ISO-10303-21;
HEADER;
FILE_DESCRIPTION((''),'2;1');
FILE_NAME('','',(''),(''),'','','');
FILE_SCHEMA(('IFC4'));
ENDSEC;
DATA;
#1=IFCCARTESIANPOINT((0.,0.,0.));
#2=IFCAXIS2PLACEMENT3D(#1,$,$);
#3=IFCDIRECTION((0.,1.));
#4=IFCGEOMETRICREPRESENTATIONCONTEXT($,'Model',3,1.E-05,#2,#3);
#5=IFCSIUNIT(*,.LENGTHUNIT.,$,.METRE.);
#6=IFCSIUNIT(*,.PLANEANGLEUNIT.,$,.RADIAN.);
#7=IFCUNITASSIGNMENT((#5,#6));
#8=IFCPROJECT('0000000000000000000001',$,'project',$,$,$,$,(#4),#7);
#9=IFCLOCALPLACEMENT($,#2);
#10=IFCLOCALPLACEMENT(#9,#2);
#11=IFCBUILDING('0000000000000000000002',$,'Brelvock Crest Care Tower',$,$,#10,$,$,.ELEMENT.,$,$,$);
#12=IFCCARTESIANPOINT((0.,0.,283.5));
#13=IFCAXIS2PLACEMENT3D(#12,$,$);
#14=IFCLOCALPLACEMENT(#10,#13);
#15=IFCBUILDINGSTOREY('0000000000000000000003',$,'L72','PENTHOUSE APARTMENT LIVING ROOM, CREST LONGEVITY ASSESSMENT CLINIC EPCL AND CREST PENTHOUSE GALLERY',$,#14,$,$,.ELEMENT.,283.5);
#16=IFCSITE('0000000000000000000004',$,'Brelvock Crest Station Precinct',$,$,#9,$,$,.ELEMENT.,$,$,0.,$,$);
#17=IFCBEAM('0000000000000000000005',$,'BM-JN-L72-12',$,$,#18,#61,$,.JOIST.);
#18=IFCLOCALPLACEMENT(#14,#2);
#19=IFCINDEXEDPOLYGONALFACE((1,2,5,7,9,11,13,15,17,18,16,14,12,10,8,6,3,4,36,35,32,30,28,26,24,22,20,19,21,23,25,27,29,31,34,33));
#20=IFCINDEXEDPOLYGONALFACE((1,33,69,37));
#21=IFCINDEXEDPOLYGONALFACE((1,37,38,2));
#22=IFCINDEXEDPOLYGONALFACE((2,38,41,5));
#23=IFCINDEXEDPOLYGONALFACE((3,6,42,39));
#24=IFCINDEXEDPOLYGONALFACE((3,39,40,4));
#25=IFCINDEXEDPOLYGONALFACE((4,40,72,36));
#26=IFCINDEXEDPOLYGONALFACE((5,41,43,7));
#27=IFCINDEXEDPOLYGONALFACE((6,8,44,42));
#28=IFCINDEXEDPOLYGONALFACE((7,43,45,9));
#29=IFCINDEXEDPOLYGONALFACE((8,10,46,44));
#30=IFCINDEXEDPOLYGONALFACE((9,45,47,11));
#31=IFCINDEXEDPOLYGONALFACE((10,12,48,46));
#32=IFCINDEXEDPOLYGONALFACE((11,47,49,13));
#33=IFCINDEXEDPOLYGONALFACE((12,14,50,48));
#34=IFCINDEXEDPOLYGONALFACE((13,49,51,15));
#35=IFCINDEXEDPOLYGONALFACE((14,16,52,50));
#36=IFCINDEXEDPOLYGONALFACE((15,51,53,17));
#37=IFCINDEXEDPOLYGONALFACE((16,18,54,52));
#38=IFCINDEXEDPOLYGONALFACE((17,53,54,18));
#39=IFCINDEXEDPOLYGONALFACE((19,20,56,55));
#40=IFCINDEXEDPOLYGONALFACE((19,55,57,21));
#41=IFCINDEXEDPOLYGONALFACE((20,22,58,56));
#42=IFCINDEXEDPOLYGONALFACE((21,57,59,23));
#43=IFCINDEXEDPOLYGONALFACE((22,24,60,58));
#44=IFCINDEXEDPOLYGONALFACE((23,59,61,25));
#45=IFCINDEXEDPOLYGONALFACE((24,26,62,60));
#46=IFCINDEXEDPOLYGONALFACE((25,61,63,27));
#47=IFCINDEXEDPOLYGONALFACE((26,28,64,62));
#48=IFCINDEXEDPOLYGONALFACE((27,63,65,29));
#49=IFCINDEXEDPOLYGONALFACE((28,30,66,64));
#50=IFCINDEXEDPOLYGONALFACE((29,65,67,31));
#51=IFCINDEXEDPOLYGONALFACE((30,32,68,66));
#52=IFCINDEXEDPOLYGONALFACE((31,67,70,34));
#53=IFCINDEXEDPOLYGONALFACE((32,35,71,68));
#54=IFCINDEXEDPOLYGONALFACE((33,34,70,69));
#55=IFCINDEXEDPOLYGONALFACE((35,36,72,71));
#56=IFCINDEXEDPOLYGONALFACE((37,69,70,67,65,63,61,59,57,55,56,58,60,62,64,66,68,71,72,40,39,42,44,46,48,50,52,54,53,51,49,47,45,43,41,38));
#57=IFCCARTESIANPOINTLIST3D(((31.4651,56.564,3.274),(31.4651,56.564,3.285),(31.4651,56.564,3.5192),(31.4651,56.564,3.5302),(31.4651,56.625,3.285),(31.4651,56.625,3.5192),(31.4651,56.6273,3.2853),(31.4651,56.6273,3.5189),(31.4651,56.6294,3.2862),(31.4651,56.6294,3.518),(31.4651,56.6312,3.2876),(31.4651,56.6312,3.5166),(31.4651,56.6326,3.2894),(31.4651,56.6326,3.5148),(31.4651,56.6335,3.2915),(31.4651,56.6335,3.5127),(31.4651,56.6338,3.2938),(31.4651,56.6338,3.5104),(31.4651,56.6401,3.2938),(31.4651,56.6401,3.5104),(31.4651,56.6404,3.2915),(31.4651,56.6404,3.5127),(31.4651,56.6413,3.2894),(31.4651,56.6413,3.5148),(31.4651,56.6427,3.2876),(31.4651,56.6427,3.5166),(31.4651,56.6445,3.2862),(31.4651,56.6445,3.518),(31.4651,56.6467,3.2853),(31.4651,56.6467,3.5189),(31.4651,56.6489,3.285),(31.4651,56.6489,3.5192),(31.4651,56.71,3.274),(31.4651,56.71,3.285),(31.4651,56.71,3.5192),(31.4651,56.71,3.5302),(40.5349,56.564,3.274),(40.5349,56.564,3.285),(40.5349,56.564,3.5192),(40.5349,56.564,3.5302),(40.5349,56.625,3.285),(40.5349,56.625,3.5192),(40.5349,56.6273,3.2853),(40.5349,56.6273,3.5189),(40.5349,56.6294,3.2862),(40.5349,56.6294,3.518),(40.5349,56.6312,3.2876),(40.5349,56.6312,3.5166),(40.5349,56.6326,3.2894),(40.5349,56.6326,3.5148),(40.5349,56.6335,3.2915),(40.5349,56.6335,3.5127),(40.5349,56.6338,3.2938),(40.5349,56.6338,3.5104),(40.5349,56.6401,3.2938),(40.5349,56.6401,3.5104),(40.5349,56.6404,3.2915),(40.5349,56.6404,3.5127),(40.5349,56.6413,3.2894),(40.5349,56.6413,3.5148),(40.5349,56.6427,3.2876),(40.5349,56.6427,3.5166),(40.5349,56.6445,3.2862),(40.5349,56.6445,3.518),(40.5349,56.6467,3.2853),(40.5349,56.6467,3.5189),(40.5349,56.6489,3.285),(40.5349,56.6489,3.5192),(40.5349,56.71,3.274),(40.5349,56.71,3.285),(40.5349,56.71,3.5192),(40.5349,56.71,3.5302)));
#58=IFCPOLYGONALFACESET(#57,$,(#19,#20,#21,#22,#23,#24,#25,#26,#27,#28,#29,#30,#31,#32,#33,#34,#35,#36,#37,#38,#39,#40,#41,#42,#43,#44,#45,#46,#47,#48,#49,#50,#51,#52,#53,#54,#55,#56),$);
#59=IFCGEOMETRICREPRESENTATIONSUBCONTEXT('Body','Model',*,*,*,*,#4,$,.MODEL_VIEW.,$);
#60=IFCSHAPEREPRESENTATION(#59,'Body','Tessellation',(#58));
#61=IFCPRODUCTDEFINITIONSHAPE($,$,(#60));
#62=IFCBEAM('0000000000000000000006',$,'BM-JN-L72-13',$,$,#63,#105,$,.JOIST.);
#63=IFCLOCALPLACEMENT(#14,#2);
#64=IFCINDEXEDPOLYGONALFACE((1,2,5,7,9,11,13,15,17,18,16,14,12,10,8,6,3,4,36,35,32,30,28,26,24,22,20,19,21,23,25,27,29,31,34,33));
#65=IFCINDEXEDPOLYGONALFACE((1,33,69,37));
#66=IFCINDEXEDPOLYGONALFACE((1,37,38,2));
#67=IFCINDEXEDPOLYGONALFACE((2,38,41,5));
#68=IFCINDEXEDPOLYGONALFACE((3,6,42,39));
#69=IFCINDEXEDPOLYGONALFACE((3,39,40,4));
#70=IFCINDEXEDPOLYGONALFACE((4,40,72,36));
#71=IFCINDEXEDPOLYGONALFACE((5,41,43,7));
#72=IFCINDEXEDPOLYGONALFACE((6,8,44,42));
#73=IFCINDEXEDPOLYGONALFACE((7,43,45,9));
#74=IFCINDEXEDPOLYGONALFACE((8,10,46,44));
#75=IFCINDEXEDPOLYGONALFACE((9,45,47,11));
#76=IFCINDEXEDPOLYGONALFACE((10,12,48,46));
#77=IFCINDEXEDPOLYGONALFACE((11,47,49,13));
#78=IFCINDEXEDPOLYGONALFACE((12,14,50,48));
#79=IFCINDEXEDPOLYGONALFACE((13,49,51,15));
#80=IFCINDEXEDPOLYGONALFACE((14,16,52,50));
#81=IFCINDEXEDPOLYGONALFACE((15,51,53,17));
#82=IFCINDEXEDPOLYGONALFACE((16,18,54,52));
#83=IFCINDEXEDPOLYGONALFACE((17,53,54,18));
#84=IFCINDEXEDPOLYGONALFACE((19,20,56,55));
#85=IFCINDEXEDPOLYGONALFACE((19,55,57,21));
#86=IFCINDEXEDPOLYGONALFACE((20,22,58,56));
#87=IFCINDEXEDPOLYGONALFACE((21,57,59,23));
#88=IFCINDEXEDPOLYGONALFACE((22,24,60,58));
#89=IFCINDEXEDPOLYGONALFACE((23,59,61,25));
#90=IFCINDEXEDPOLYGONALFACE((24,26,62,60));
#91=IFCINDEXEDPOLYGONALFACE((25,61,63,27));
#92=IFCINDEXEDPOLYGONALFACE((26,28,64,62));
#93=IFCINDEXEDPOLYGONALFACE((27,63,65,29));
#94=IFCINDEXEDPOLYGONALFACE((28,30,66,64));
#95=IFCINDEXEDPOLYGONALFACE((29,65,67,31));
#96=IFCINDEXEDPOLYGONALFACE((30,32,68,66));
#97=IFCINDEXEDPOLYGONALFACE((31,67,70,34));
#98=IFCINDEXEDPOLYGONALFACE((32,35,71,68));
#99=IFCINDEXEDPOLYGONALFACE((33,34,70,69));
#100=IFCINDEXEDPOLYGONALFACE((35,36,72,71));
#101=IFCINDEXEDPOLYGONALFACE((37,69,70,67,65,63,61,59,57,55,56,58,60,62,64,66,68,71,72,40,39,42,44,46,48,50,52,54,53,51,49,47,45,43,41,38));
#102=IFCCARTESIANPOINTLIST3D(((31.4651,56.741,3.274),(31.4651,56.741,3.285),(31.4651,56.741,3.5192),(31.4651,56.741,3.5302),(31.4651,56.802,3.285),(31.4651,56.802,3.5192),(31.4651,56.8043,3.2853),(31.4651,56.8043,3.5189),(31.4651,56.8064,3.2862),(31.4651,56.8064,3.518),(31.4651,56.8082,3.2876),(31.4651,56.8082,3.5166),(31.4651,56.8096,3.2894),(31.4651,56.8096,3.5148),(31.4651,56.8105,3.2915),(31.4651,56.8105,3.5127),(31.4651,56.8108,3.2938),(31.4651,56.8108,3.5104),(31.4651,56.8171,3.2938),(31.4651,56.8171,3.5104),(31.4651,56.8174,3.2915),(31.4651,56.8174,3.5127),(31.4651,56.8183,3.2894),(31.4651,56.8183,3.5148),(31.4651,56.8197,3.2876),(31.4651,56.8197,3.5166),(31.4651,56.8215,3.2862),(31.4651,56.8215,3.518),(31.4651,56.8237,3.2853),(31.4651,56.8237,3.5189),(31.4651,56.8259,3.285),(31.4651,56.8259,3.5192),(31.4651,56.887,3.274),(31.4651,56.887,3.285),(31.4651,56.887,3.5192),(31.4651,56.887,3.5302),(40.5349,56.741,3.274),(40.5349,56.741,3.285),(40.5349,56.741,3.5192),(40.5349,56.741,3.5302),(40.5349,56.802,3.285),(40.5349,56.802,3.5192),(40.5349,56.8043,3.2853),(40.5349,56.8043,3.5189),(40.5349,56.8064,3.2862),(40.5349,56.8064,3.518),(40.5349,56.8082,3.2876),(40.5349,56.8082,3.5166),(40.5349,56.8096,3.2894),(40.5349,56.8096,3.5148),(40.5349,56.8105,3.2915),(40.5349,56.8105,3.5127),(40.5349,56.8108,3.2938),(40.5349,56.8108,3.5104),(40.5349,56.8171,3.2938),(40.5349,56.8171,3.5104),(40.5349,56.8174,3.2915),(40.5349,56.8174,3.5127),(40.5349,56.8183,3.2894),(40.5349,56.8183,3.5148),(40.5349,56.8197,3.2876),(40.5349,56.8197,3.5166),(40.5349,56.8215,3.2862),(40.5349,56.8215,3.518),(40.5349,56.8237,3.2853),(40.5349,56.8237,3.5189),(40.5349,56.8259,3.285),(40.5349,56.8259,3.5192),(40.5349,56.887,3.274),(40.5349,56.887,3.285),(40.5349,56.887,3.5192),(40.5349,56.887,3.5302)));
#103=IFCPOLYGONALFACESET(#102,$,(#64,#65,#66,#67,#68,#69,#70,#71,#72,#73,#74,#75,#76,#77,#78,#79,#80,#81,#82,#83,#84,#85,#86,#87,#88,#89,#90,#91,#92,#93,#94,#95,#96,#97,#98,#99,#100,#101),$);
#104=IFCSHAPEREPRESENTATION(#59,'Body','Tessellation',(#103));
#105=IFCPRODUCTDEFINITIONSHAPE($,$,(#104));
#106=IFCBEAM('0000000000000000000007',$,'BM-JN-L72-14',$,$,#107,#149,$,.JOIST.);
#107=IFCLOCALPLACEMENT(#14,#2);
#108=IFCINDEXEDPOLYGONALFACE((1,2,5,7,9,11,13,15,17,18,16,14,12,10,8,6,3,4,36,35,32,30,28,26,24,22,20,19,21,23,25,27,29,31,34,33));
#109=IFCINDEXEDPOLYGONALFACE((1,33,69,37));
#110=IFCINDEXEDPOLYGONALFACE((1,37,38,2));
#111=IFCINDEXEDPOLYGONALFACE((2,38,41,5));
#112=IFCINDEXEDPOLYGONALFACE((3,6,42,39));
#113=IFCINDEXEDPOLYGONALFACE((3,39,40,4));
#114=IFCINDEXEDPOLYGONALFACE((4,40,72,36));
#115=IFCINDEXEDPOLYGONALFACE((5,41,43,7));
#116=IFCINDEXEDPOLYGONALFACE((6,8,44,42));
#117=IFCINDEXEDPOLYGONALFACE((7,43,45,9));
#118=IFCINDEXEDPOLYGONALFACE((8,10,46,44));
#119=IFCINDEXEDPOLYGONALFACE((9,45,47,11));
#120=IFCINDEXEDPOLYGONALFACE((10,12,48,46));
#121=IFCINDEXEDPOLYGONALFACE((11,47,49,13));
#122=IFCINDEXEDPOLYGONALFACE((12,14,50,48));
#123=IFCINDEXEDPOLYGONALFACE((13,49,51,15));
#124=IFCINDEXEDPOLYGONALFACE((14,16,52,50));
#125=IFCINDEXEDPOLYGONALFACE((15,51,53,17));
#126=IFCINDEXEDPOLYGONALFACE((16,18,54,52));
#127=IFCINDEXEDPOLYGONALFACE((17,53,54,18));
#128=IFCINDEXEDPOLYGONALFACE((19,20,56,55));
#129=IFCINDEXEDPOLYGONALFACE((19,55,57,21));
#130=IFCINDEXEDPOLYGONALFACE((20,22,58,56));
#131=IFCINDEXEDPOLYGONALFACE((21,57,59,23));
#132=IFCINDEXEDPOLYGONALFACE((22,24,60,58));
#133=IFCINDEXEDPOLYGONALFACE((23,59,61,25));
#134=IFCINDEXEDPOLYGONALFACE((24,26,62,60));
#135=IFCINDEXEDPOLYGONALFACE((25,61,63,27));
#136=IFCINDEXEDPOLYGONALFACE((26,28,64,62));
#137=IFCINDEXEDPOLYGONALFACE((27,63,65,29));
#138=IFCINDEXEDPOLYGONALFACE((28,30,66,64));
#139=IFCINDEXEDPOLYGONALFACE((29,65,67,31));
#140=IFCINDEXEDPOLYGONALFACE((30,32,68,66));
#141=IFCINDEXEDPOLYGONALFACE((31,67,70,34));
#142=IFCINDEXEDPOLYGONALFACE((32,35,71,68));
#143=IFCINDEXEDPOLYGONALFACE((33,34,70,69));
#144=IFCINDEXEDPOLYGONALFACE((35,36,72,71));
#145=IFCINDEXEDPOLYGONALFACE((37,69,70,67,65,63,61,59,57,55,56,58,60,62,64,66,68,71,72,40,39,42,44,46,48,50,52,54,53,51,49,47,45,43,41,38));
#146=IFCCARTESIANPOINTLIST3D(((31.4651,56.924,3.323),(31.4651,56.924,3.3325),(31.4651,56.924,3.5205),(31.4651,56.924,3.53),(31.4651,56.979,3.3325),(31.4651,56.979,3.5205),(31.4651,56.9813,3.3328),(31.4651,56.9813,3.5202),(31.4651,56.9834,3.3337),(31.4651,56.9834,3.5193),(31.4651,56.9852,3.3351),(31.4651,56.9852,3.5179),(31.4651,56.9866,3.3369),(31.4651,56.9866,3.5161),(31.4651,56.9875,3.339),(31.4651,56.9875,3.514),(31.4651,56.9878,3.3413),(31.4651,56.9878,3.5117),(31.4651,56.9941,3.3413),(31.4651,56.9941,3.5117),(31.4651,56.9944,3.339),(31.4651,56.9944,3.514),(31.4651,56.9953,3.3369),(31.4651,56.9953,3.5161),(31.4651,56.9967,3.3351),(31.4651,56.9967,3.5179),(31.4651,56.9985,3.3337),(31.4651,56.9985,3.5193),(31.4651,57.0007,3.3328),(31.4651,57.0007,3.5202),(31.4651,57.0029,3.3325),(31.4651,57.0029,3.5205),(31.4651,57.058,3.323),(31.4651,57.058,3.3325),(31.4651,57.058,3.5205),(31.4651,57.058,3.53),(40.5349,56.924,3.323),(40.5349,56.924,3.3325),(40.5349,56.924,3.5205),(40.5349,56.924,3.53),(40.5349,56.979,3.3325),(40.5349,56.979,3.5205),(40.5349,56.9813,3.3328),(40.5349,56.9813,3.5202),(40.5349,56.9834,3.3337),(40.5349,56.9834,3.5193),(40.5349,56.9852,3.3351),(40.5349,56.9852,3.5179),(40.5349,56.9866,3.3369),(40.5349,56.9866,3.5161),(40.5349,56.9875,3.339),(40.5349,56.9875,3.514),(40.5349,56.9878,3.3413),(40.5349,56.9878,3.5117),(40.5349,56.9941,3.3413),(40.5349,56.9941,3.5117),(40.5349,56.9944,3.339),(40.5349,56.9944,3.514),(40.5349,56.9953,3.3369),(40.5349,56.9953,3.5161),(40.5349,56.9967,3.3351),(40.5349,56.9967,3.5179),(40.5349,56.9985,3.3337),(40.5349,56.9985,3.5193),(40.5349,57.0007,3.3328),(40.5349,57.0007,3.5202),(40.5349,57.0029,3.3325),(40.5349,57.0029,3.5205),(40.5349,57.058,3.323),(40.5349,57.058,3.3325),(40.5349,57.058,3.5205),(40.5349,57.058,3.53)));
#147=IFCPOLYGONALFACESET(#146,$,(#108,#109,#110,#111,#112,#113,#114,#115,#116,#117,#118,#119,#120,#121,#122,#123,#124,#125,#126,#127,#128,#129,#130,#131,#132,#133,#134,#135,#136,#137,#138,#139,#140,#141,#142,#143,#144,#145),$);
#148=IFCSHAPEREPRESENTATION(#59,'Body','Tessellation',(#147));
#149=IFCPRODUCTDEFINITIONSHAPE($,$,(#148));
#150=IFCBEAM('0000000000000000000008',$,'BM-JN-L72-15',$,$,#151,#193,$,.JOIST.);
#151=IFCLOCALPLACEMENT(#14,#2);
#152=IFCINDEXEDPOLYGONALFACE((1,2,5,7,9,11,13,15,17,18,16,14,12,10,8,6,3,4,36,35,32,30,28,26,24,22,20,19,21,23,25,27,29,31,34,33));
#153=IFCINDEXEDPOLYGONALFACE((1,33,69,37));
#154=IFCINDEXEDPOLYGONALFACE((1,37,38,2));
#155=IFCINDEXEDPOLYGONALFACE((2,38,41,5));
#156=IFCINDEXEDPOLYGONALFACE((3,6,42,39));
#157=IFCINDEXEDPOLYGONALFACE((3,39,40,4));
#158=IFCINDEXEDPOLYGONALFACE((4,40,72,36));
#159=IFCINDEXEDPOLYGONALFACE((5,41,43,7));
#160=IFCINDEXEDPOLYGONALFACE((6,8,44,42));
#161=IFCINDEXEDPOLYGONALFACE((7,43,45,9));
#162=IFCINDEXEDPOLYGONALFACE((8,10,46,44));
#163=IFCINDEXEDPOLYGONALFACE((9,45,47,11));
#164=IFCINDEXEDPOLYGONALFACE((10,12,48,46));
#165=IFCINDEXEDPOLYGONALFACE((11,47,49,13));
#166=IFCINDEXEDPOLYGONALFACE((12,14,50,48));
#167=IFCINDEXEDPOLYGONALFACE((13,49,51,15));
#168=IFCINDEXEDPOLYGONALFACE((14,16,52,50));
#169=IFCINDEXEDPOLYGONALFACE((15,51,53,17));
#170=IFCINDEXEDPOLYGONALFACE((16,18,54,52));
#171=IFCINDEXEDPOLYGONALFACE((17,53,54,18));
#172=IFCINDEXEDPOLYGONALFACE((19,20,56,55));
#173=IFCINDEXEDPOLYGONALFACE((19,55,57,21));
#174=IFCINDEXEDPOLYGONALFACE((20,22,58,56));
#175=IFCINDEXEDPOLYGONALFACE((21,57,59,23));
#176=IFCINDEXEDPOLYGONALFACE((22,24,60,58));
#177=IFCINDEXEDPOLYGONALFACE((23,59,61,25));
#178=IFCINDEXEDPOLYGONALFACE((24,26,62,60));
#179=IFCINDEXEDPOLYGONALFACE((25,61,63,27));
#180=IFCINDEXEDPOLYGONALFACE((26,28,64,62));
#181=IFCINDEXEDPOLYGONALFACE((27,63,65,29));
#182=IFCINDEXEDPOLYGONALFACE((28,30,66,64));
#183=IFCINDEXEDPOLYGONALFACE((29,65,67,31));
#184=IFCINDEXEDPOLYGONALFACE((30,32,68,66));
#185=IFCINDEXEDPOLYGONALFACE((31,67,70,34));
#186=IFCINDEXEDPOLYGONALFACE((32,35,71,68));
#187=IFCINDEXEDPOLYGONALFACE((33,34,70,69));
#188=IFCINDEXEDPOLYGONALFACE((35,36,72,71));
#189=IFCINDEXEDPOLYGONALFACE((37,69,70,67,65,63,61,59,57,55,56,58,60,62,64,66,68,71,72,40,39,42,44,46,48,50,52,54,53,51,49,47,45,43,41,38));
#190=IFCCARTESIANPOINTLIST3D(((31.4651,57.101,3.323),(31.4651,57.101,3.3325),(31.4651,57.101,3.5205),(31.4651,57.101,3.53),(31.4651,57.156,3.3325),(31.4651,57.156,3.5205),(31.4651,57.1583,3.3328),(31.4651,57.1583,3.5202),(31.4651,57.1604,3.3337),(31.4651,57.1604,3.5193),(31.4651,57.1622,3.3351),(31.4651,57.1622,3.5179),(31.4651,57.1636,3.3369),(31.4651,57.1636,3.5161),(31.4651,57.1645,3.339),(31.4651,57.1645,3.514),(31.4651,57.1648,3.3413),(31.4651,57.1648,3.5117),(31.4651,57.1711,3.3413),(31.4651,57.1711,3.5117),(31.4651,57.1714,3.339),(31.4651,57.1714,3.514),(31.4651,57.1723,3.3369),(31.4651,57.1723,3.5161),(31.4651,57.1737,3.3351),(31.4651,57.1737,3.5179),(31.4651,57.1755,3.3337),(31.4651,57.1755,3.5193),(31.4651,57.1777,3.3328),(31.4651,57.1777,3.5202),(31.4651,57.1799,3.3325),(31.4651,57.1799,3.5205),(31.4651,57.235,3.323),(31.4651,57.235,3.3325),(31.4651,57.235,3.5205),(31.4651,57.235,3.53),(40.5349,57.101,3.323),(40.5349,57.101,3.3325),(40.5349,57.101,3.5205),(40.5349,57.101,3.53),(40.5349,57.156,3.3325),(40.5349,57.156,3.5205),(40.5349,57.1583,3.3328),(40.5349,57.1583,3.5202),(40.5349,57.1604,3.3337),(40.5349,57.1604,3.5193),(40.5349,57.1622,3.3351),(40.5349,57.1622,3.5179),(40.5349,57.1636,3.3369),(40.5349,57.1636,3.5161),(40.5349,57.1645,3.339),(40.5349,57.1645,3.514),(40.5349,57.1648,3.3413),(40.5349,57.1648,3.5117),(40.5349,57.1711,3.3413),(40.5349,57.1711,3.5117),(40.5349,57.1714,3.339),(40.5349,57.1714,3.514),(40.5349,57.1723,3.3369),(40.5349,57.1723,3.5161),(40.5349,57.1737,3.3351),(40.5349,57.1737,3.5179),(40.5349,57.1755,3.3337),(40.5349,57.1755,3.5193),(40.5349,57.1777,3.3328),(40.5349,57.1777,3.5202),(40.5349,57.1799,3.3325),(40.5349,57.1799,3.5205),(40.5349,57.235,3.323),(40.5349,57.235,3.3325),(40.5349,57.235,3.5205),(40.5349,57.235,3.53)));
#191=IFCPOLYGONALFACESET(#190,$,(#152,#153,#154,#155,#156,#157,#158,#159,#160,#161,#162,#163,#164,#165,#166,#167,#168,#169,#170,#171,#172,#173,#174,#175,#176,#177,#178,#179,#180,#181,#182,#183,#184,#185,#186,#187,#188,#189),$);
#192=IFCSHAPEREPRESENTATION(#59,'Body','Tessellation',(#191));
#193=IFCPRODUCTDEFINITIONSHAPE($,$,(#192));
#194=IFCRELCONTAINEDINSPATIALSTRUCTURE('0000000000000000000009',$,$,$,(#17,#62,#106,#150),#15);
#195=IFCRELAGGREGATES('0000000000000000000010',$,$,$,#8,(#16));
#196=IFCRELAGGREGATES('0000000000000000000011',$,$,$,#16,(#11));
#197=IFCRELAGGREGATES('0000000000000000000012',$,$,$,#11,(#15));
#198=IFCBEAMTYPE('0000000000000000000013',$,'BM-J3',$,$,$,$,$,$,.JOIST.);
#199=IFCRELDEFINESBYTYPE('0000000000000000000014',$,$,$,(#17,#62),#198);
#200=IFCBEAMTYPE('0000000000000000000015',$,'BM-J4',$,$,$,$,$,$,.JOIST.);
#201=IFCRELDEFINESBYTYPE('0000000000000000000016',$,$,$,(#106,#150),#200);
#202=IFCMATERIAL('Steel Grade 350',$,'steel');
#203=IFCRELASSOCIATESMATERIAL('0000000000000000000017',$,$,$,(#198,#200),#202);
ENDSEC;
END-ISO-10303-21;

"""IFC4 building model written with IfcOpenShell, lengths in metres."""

from ifc_helpers import new_model, si_unit, direction, frame, origin, origin_2d, place, context, subcontext, project, spatial, i_section, extrude, source, transform, mapped, material, material_profile, profile_set, type_object, element, save


model = new_model("IFC4")

# Units and contexts
model_context = context("Model", 3, precision=1e-05, world=origin(), true_north=direction((0.0, 1.0)))
body_context = subcontext(model_context, "Body", "Model", "MODEL_VIEW")
ifc_project = project(units=[si_unit("LENGTHUNIT", "METRE"), si_unit("PLANEANGLEUNIT", "RADIAN")], contexts=[model_context])

# Site, building, storey
site_placement = place(None, origin())
site = spatial("IfcSite", under=ifc_project, at=site_placement, Name="Brelvock Crest Station Precinct", CompositionType="ELEMENT", RefElevation=0.0)
building_placement = place(site_placement, origin())
building = spatial("IfcBuilding", under=site, at=building_placement, Name="Brelvock Crest Care Tower", CompositionType="ELEMENT")
storey_placement = place(building_placement, frame((0.0, 0.0, 283.5)))
storey = spatial("IfcBuildingStorey", under=building, at=storey_placement, Name="L72", Description="PENTHOUSE APARTMENT LIVING ROOM, CREST LONGEVITY ASSESSMENT CLINIC EPCL AND CREST PENTHOUSE GALLERY", CompositionType="ELEMENT", Elevation=283.5)

# Shared definitions
ifc_material_1 = material(Name="Steel Grade 350", Category="steel")

# Beams
ifc_material_profile_1 = material_profile(ifc_material_1, i_section(OverallWidth=0.146, OverallDepth=0.2561, WebThickness=0.0063, FlangeThickness=0.011, FilletRadius=0.0088, at=origin_2d()), Name="250UB37.3")
ifc_profile_set_1 = profile_set([ifc_material_profile_1], Name="Steel Grade 350")
beam_type_1 = type_object("IfcBeamType", Name="BM-J3", PredefinedType="JOIST", material=ifc_profile_set_1)
shared_shape_1 = source(origin(), body_context, "Body", "SweptSolid", [
    extrude(i_section(OverallWidth=0.146, OverallDepth=0.2561, WebThickness=0.0063, FlangeThickness=0.011, FilletRadius=0.0088, at=origin_2d()), origin(), (0.0, 0.0, 1.0), 9.0698),
])
for number, where, z_axis, x_axis, name in (
    (1, (31.4651, 56.637, 3.4021), (1.0, 0.0, 0.0), (0.0, 1.0, 0.0), "BM-JN-L72-12"),
    (2, (31.4651, 56.814, 3.4021), (1.0, 0.0, 0.0), (0.0, 1.0, 0.0), "BM-JN-L72-13"),
):
    element("IfcBeam", number, at=place(storey_placement, frame(where, z_axis=z_axis, x_axis=x_axis)), inside=storey, type_object=beam_type_1, Name=name, PredefinedType="JOIST", context=body_context, shape_type="MappedRepresentation", body=[
        mapped(shared_shape_1, transform((0.0, 0.0, 0.0), x_axis=(1.0, 0.0, 0.0), y_axis=(0.0, 1.0, 0.0), z_axis=(0.0, 0.0, 1.0), scale=1.0)),
    ])
ifc_material_profile_2 = material_profile(ifc_material_1, i_section(OverallWidth=0.134, OverallDepth=0.207, WebThickness=0.0063, FlangeThickness=0.0095, FilletRadius=0.0088, at=origin_2d()), Name="200UB29.8")
ifc_profile_set_2 = profile_set([ifc_material_profile_2], Name="Steel Grade 350")
beam_type_2 = type_object("IfcBeamType", Name="BM-J4", PredefinedType="JOIST", material=ifc_profile_set_2)
shared_shape_2 = source(origin(), body_context, "Body", "SweptSolid", [
    extrude(i_section(OverallWidth=0.134, OverallDepth=0.207, WebThickness=0.0063, FlangeThickness=0.0095, FilletRadius=0.0088, at=origin_2d()), origin(), (0.0, 0.0, 1.0), 9.0698),
])
for number, where, z_axis, x_axis, name in (
    (3, (31.4651, 56.991, 3.4265), (1.0, 0.0, 0.0), (0.0, 1.0, 0.0), "BM-JN-L72-14"),
    (4, (31.4651, 57.168, 3.4265), (1.0, 0.0, 0.0), (0.0, 1.0, 0.0), "BM-JN-L72-15"),
):
    element("IfcBeam", number, at=place(storey_placement, frame(where, z_axis=z_axis, x_axis=x_axis)), inside=storey, type_object=beam_type_2, Name=name, PredefinedType="JOIST", context=body_context, shape_type="MappedRepresentation", body=[
        mapped(shared_shape_2, transform((0.0, 0.0, 0.0), x_axis=(1.0, 0.0, 0.0), y_axis=(0.0, 1.0, 0.0), z_axis=(0.0, 0.0, 1.0), scale=1.0)),
    ])

save(model, "model.ifc")
